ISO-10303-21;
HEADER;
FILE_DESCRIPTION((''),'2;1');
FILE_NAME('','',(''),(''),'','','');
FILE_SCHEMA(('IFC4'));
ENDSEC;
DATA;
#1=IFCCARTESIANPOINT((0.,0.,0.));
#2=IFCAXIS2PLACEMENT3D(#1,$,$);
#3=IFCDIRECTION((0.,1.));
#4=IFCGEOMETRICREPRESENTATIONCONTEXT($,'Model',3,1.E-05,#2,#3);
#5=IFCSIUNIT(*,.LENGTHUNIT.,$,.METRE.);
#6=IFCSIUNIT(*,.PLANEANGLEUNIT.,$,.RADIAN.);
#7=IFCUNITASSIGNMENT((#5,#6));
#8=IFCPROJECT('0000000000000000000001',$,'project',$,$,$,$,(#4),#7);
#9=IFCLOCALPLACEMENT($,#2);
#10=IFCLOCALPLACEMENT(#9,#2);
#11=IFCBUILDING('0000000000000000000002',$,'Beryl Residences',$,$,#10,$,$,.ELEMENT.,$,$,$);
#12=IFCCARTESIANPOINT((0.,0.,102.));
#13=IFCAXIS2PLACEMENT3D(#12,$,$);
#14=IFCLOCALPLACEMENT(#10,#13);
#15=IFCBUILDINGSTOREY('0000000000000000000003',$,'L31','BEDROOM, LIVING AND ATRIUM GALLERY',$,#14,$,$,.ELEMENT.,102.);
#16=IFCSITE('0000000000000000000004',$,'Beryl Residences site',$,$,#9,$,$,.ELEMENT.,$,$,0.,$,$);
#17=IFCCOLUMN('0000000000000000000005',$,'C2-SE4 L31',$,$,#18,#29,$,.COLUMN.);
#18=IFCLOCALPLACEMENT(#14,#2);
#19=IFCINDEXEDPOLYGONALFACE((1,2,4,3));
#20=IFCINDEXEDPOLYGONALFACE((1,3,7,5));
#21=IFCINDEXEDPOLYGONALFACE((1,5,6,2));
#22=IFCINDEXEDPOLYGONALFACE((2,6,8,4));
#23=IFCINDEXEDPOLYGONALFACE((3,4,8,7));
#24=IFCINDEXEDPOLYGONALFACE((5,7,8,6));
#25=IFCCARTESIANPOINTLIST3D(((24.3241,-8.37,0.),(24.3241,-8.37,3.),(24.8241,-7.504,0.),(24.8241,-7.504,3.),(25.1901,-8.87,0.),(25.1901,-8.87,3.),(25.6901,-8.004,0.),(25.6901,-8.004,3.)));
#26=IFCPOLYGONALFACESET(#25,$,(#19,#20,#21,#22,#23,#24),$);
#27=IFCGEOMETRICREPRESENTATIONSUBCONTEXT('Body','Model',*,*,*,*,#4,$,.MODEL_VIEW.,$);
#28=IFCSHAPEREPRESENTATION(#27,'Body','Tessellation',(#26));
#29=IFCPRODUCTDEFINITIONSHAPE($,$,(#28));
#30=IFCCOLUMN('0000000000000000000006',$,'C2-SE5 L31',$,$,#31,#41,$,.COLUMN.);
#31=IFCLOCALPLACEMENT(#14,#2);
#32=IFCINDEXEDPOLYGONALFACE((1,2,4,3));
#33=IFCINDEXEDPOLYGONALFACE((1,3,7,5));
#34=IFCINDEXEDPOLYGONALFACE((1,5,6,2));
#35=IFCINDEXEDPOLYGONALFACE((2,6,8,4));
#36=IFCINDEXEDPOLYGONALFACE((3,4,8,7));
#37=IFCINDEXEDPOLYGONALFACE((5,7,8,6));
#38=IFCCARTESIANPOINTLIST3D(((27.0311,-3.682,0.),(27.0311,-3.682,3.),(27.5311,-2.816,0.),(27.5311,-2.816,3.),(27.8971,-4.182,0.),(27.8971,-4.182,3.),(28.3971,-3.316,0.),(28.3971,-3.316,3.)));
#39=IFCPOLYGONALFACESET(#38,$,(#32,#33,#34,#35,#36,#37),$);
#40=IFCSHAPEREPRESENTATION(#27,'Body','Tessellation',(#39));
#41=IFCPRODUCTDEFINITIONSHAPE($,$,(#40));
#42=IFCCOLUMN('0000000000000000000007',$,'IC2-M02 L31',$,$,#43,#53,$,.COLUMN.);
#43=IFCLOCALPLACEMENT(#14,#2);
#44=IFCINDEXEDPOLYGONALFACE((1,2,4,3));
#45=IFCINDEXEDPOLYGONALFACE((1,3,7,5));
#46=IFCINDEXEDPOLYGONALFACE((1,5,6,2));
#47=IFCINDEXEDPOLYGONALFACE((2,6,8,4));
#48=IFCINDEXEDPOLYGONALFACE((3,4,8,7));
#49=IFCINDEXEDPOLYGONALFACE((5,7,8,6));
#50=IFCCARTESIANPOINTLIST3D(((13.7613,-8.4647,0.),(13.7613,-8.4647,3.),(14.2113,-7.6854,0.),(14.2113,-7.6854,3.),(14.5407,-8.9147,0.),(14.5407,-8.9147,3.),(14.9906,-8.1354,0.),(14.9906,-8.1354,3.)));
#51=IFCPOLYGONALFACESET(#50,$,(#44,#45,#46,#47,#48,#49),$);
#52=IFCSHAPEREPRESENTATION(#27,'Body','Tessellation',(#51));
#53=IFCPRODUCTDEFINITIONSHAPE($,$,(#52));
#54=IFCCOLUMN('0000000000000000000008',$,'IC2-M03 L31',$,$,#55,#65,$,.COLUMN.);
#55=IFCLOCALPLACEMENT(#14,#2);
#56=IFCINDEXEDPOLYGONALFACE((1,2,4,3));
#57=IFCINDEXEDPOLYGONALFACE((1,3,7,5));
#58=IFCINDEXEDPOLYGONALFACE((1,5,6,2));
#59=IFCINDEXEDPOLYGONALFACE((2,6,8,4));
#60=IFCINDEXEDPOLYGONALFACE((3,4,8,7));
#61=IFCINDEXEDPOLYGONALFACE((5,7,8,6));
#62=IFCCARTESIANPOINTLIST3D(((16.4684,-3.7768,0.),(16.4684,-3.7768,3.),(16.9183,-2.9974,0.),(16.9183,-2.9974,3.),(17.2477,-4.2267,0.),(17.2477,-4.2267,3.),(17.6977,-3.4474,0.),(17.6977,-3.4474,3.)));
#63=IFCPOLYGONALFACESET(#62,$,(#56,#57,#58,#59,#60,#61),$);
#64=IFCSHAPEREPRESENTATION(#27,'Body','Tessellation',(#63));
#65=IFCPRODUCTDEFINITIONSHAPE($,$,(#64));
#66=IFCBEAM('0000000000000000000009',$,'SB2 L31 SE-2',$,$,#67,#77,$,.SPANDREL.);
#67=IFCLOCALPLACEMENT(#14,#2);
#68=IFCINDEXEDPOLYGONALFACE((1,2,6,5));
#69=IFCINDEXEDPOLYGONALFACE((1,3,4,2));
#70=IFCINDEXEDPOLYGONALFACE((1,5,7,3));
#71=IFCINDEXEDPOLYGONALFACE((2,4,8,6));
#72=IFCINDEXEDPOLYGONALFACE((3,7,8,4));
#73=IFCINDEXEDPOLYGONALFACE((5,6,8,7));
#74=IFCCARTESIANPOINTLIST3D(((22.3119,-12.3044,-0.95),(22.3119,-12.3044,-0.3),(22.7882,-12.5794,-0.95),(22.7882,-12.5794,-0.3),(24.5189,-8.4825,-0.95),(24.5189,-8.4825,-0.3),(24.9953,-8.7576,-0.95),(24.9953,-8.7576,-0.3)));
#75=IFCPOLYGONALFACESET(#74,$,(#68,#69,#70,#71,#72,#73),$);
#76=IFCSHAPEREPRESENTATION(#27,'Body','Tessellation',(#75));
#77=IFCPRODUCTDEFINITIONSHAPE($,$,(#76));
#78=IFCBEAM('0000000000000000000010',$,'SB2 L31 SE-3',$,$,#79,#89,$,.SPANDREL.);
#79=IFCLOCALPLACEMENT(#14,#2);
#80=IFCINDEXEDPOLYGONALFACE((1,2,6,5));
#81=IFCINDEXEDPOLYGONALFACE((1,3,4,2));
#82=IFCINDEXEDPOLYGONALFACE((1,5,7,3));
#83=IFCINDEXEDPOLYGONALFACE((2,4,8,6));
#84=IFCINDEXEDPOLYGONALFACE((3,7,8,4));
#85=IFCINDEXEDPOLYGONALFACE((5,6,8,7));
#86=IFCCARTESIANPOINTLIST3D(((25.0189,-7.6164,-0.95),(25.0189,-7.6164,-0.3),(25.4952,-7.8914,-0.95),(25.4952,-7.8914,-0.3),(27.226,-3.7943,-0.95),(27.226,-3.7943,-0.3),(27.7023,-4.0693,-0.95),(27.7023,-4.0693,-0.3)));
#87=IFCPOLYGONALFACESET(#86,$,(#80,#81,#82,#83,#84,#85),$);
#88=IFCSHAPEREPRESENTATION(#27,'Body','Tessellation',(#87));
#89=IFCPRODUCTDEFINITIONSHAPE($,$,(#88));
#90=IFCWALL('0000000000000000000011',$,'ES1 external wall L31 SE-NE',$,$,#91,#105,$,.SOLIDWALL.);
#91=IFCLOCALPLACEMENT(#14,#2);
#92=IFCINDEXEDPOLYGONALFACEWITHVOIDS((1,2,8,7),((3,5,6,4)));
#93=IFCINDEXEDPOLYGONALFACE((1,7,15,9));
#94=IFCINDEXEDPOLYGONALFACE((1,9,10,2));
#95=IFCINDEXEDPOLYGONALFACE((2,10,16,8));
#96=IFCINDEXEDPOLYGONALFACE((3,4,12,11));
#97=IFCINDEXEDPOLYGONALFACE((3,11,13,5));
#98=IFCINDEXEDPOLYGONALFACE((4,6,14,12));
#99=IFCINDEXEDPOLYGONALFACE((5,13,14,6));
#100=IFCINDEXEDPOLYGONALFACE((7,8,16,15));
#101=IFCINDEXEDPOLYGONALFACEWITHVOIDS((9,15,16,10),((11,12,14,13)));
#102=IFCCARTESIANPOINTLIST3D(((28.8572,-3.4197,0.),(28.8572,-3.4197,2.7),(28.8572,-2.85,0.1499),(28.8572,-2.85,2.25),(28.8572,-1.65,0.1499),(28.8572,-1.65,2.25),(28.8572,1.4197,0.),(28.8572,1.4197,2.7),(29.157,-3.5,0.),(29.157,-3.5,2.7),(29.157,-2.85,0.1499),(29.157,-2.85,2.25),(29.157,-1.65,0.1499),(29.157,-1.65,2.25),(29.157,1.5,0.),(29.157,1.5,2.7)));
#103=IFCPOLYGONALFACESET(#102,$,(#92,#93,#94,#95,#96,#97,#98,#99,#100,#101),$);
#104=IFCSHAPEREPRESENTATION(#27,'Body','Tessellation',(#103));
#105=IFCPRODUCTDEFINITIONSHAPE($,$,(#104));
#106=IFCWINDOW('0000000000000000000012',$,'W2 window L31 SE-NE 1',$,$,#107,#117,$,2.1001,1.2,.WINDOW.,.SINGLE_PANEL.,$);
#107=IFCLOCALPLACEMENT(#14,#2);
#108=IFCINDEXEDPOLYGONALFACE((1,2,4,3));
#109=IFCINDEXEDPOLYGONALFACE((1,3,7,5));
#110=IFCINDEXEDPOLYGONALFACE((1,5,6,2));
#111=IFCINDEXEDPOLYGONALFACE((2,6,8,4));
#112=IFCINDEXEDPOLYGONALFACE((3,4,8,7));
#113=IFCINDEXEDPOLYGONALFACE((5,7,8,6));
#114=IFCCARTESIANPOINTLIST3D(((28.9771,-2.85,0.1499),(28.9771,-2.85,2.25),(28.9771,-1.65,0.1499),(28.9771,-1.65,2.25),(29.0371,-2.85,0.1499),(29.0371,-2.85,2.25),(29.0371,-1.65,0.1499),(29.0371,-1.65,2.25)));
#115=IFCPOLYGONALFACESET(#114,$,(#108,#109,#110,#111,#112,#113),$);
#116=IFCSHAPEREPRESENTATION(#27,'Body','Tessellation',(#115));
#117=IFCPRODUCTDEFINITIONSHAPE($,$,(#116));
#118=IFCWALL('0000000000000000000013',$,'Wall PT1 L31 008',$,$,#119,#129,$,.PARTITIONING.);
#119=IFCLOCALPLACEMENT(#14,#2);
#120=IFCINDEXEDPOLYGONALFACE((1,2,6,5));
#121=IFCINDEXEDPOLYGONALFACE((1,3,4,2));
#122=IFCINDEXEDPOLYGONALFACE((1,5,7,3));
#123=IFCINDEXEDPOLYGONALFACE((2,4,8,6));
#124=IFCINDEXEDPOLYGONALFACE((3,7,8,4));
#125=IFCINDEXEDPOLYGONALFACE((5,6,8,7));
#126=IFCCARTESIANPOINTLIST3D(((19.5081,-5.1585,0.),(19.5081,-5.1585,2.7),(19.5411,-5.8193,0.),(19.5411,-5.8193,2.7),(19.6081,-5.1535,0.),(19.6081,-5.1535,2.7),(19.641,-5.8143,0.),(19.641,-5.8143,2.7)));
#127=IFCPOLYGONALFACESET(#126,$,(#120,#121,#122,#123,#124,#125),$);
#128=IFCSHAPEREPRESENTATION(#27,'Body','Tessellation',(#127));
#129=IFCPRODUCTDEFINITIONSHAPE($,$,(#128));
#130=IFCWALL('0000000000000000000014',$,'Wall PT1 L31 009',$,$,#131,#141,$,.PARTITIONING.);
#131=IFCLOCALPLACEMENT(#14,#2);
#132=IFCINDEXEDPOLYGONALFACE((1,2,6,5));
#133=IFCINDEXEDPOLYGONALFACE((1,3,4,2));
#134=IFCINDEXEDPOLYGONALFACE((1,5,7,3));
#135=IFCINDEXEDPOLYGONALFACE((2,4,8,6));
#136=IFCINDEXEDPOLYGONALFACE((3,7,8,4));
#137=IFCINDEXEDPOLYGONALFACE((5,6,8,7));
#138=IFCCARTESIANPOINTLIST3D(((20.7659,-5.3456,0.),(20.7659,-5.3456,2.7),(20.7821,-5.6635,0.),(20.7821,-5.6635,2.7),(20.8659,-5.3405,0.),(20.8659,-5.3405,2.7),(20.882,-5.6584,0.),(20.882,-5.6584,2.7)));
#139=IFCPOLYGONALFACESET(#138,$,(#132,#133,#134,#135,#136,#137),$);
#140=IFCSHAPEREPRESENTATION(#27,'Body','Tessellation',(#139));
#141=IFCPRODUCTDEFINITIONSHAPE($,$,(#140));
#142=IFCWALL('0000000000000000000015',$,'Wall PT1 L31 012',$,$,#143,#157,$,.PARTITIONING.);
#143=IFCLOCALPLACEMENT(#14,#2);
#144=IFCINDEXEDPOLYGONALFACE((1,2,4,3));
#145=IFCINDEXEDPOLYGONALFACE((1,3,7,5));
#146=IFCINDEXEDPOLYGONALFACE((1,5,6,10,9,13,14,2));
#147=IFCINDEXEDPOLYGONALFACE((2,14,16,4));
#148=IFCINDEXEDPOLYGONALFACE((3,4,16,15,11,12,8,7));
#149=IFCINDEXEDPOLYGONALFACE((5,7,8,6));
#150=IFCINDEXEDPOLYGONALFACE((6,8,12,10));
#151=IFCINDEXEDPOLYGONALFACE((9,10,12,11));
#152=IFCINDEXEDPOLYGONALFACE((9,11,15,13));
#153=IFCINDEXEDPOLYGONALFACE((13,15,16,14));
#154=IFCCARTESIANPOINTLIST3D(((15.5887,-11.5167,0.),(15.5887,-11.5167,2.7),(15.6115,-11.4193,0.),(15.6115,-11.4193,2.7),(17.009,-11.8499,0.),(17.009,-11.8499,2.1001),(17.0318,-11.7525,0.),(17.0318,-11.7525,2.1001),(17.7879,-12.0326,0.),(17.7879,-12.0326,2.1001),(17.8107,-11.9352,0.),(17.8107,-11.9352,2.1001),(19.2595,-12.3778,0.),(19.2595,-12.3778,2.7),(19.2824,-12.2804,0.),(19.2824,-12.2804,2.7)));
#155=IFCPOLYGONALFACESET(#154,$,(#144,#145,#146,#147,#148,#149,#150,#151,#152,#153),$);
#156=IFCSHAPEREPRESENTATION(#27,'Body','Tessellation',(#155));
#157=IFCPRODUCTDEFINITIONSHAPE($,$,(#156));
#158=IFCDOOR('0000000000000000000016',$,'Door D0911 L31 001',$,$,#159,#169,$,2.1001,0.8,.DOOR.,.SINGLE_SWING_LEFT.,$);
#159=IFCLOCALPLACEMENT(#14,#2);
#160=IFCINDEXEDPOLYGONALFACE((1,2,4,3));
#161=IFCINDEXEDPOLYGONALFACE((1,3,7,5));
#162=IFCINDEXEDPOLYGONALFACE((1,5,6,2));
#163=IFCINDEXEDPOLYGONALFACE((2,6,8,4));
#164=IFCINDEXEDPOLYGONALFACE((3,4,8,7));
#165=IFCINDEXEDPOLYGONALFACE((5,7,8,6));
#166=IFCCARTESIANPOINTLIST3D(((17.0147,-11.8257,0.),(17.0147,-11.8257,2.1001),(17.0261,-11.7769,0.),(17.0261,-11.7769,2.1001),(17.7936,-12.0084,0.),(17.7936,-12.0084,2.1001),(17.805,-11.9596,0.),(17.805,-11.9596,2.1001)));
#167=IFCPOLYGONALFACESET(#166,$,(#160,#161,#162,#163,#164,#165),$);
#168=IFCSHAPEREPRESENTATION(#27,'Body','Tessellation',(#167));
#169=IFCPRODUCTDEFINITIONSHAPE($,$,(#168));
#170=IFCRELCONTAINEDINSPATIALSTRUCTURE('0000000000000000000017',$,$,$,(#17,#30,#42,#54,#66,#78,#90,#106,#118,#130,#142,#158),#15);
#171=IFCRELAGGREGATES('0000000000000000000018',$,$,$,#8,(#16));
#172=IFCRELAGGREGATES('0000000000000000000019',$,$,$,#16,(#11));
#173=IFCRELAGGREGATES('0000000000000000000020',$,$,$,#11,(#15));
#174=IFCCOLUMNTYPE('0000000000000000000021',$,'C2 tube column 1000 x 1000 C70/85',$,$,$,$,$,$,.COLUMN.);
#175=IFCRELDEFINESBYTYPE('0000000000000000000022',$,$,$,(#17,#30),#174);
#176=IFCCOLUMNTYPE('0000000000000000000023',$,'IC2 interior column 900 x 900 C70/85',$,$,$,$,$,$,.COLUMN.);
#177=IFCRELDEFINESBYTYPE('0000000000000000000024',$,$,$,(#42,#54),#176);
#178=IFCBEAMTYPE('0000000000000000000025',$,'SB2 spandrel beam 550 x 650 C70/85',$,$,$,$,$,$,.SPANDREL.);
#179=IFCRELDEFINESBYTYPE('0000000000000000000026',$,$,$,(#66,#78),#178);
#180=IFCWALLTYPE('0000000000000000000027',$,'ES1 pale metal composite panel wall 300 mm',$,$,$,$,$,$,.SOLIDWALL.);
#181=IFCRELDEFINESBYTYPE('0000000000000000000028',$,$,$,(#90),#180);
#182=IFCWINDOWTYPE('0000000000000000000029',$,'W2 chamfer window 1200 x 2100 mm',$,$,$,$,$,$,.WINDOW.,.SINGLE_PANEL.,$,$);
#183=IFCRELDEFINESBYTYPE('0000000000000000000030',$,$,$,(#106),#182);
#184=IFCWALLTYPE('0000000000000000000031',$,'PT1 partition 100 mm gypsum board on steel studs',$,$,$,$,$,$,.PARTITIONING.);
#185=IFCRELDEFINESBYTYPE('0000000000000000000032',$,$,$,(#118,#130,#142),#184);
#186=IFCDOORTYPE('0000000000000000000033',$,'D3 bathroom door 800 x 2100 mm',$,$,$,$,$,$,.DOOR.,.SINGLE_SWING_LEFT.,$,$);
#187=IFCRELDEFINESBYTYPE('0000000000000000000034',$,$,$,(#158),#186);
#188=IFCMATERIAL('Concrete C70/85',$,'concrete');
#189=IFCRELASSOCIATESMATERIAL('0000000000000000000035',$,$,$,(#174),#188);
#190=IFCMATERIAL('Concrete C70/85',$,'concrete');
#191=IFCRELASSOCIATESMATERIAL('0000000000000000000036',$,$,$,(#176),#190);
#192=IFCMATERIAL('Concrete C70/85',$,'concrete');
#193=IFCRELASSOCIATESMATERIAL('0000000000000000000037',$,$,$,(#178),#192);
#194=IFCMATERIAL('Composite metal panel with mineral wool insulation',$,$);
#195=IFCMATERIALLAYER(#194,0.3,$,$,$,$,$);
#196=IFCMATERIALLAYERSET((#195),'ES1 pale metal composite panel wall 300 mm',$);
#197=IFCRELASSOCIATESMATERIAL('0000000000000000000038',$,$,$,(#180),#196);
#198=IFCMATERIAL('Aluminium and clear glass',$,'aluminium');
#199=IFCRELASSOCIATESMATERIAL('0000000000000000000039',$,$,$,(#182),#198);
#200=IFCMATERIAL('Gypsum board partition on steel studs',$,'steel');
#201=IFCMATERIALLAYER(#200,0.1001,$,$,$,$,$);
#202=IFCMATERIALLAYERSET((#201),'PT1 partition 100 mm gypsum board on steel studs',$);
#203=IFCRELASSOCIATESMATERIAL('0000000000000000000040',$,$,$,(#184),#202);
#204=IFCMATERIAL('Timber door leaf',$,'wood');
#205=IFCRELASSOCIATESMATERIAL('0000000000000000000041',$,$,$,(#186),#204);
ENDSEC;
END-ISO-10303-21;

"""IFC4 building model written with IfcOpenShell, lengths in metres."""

from ifc_helpers import new_model, si_unit, direction, frame, frame_2d, origin, origin_2d, place, context, subcontext, project, spatial, polyline, rectangle, outline, extrude, material, layer, layer_set, material_profile, profile_set, type_object, element, fill, save


model = new_model("IFC4")

# Units and contexts
model_context = context("Model", 3, precision=1e-05, world=origin(), true_north=direction((0.0, 1.0)))
body_context = subcontext(model_context, "Body", "Model", "MODEL_VIEW")
ifc_project = project(units=[si_unit("LENGTHUNIT", "METRE"), si_unit("PLANEANGLEUNIT", "RADIAN")], contexts=[model_context])

# Site, building, storey
site_placement = place(None, origin())
site = spatial("IfcSite", under=ifc_project, at=site_placement, Name="Beryl Residences site", CompositionType="ELEMENT", RefElevation=0.0)
building_placement = place(site_placement, origin())
building = spatial("IfcBuilding", under=site, at=building_placement, Name="Beryl Residences", CompositionType="ELEMENT")
storey_placement = place(building_placement, frame((0.0, 0.0, 102.0)))
storey = spatial("IfcBuildingStorey", under=building, at=storey_placement, Name="L31", Description="BEDROOM, LIVING AND ATRIUM GALLERY", CompositionType="ELEMENT", Elevation=102.0)

# Columns
ifc_material_1 = material(Name="Concrete C70/85", Category="concrete")
ifc_material_profile_1 = material_profile(ifc_material_1, rectangle(XDim=1.0, YDim=1.0, at=origin_2d()))
ifc_profile_set_1 = profile_set([ifc_material_profile_1], Name="Concrete C70/85")
column_type_1 = type_object("IfcColumnType", Name="C2 tube column 1000 x 1000 C70/85", PredefinedType="COLUMN", material=ifc_profile_set_1)
for number, where, z_axis, x_axis, name in (
    (1, (25.0071, -8.187, 0.0), (0.0, 0.0, 1.0), (0.5, 0.866025, 0.0), "C2-SE4 L31"),
    (2, (27.7141, -3.499, 0.0), (0.0, 0.0, 1.0), (0.5, 0.866025, 0.0), "C2-SE5 L31"),
):
    element("IfcColumn", number, at=place(storey_placement, frame(where, z_axis=z_axis, x_axis=x_axis)), inside=storey, type_object=column_type_1, Name=name, PredefinedType="COLUMN", context=body_context, shape_type="SweptSolid", body=[
        extrude(rectangle(XDim=1.0, YDim=1.0, at=origin_2d()), origin(), (0.0, 0.0, 1.0), 3.0),
    ])
ifc_material_2 = material(Name="Concrete C70/85", Category="concrete")
ifc_material_profile_2 = material_profile(ifc_material_2, rectangle(XDim=0.8999, YDim=0.8999, at=origin_2d()))
ifc_profile_set_2 = profile_set([ifc_material_profile_2], Name="Concrete C70/85")
column_type_2 = type_object("IfcColumnType", Name="IC2 interior column 900 x 900 C70/85", PredefinedType="COLUMN", material=ifc_profile_set_2)
for number, where, z_axis, x_axis, name in (
    (3, (14.376, -8.3, 0.0), (0.0, 0.0, 1.0), (0.5, 0.866025, 0.0), "IC2-M02 L31"),
    (4, (17.083, -3.6121, 0.0), (0.0, 0.0, 1.0), (0.5, 0.866025, 0.0), "IC2-M03 L31"),
):
    element("IfcColumn", number, at=place(storey_placement, frame(where, z_axis=z_axis, x_axis=x_axis)), inside=storey, type_object=column_type_2, Name=name, PredefinedType="COLUMN", context=body_context, shape_type="SweptSolid", body=[
        extrude(rectangle(XDim=0.8999, YDim=0.8999, at=origin_2d()), origin(), (0.0, 0.0, 1.0), 3.0),
    ])

# Beams
ifc_material_3 = material(Name="Concrete C70/85", Category="concrete")
ifc_material_profile_3 = material_profile(ifc_material_3, rectangle(XDim=0.55, YDim=0.6499, at=origin_2d()))
ifc_profile_set_3 = profile_set([ifc_material_profile_3], Name="Concrete C70/85")
beam_type = type_object("IfcBeamType", Name="SB2 spandrel beam 550 x 650 C70/85", PredefinedType="SPANDREL", material=ifc_profile_set_3)
beam_1_placement = place(storey_placement, frame((22.55, -12.4419, -0.625), z_axis=(0.50009, 0.865974, 0.0), x_axis=(-0.865974, 0.50009, 0.0)))
element("IfcBeam", 5, at=beam_1_placement, inside=storey, type_object=beam_type, Name="SB2 L31 SE-2", PredefinedType="SPANDREL", context=body_context, shape_type="SweptSolid", body=[
    extrude(rectangle(XDim=0.55, YDim=0.6499, at=origin_2d()), origin(), (0.0, 0.0, 1.0), 4.4133),
])
beam_2_placement = place(storey_placement, frame((25.2571, -7.7539, -0.625), z_axis=(0.500066, 0.865988, 0.0), x_axis=(-0.865988, 0.500066, 0.0)))
element("IfcBeam", 6, at=beam_2_placement, inside=storey, type_object=beam_type, Name="SB2 L31 SE-3", PredefinedType="SPANDREL", context=body_context, shape_type="SweptSolid", body=[
    extrude(rectangle(XDim=0.55, YDim=0.6499, at=origin_2d()), origin(), (0.0, 0.0, 1.0), 4.4136),
])

# Wall, opening, window
ifc_material_4 = material(Name="Composite metal panel with mineral wool insulation")
ifc_layer_1 = layer(ifc_material_4, 0.3)
ifc_layer_set_1 = layer_set([ifc_layer_1], Name="ES1 pale metal composite panel wall 300 mm")
wall_type_1 = type_object("IfcWallType", Name="ES1 pale metal composite panel wall 300 mm", PredefinedType="SOLIDWALL", material=ifc_layer_set_1)
wall_1_placement = place(storey_placement, frame((29.0071, -3.5, 0.0), z_axis=(0.0, 0.0, 1.0), x_axis=(0.0, 1.0, 0.0)))
wall_1 = element("IfcWall", 7, at=wall_1_placement, inside=storey, type_object=wall_type_1, Name="ES1 external wall L31 SE-NE", PredefinedType="SOLIDWALL", context=body_context, shape_type="SweptSolid", body=[
    extrude(outline(polyline([(0.0, -0.1499), (5.0, -0.1499), (4.9197, 0.1499), (0.0803, 0.1499), (0.0, -0.1499)])), origin(), (0.0, 0.0, 1.0), 2.7),
])
opening_1_placement = place(wall_1_placement, frame((0.6499, 0.0, 0.1499)))
opening_1 = element("IfcOpeningElement", 8, at=opening_1_placement, cuts=wall_1, PredefinedType="OPENING", context=body_context, shape_type="SweptSolid", body=[
    extrude(rectangle(XDim=1.2, YDim=2.1001, at=frame_2d((0.6001, 1.05))), frame((0.0, 0.1599, 0.0), z_axis=(0.0, -1.0, 0.0), x_axis=(1.0, 0.0, 0.0)), (0.0, 0.0, 1.0), 0.3201),
])
ifc_material_5 = material(Name="Aluminium and clear glass", Category="aluminium")
window_type = type_object("IfcWindowType", Name="W2 chamfer window 1200 x 2100 mm", PartitioningType="SINGLE_PANEL", PredefinedType="WINDOW", material=ifc_material_5)
window_placement = place(opening_1_placement, origin())
window = element("IfcWindow", 9, at=window_placement, inside=storey, type_object=window_type, Name="W2 window L31 SE-NE 1", OverallHeight=2.1001, OverallWidth=1.2, PartitioningType="SINGLE_PANEL", PredefinedType="WINDOW", context=body_context, shape_type="SweptSolid", body=[
    extrude(rectangle(XDim=1.2, YDim=2.1001, at=frame_2d((0.6001, 1.05))), frame((0.0, 0.03, 0.0), z_axis=(0.0, -1.0, 0.0), x_axis=(1.0, 0.0, 0.0)), (0.0, 0.0, 1.0), 0.0601),
])
fill(opening_1, window)

# Walls
ifc_material_6 = material(Name="Gypsum board partition on steel studs", Category="steel")
ifc_layer_2 = layer(ifc_material_6, 0.1001)
ifc_layer_set_2 = layer_set([ifc_layer_2], Name="PT1 partition 100 mm gypsum board on steel studs")
wall_type_2 = type_object("IfcWallType", Name="PT1 partition 100 mm gypsum board on steel studs", PredefinedType="PARTITIONING", material=ifc_layer_set_2)
wall_2_placement = place(storey_placement, frame((19.5581, -5.156, 0.0), z_axis=(0.0, 0.0, 1.0), x_axis=(0.049809, -0.998759, 0.0)))
element("IfcWall", 10, at=wall_2_placement, inside=storey, type_object=wall_type_2, Name="Wall PT1 L31 008", PredefinedType="PARTITIONING", context=body_context, shape_type="SweptSolid", body=[
    extrude(rectangle(XDim=0.6616, YDim=0.1001, at=frame_2d((0.3308, 0.0))), origin(), (0.0, 0.0, 1.0), 2.7),
])
wall_3_placement = place(storey_placement, frame((20.8159, -5.343, 0.0), z_axis=(0.0, 0.0, 1.0), x_axis=(0.050626, -0.998718, 0.0)))
element("IfcWall", 11, at=wall_3_placement, inside=storey, type_object=wall_type_2, Name="Wall PT1 L31 009", PredefinedType="PARTITIONING", context=body_context, shape_type="SweptSolid", body=[
    extrude(rectangle(XDim=0.3184, YDim=0.1001, at=frame_2d((0.1592, 0.0))), origin(), (0.0, 0.0, 1.0), 2.7),
])

# Wall, opening, door
wall_4_placement = place(storey_placement, frame((15.6001, -11.468, 0.0), z_axis=(0.0, 0.0, 1.0), x_axis=(0.973574, -0.228372, 0.0)))
wall_4 = element("IfcWall", 12, at=wall_4_placement, inside=storey, type_object=wall_type_2, Name="Wall PT1 L31 012", PredefinedType="PARTITIONING", context=body_context, shape_type="SweptSolid", body=[
    extrude(rectangle(XDim=3.7705, YDim=0.1001, at=frame_2d((1.8853, 0.0))), origin(), (0.0, 0.0, 1.0), 2.7),
])
opening_2_placement = place(wall_4_placement, frame((1.459, 0.0, 0.0)))
opening_2 = element("IfcOpeningElement", 13, at=opening_2_placement, cuts=wall_4, PredefinedType="OPENING", context=body_context, shape_type="SweptSolid", body=[
    extrude(rectangle(XDim=0.8, YDim=2.1001, at=frame_2d((0.3999, 1.05))), frame((0.0, 0.0601, 0.0), z_axis=(0.0, -1.0, 0.0), x_axis=(1.0, 0.0, 0.0)), (0.0, 0.0, 1.0), 0.1201),
])
ifc_material_7 = material(Name="Timber door leaf", Category="wood")
door_type_1 = type_object("IfcDoorType", Name="D3 bathroom door 800 x 2100 mm", OperationType="SINGLE_SWING_LEFT", PredefinedType="DOOR", material=ifc_material_7)
door_1_placement = place(opening_2_placement, origin())
door_1 = element("IfcDoor", 14, at=door_1_placement, inside=storey, type_object=door_type_1, Name="Door D0911 L31 001", OperationType="SINGLE_SWING_LEFT", OverallHeight=2.1001, OverallWidth=0.8, PredefinedType="DOOR", context=body_context, shape_type="SweptSolid", body=[
    extrude(rectangle(XDim=0.8, YDim=2.1001, at=frame_2d((0.3999, 1.05))), frame((0.0, 0.0249, 0.0), z_axis=(0.0, -1.0, 0.0), x_axis=(1.0, 0.0, 0.0)), (0.0, 0.0, 1.0), 0.05),
])
fill(opening_2, door_1)

save(model, "model.ifc")
